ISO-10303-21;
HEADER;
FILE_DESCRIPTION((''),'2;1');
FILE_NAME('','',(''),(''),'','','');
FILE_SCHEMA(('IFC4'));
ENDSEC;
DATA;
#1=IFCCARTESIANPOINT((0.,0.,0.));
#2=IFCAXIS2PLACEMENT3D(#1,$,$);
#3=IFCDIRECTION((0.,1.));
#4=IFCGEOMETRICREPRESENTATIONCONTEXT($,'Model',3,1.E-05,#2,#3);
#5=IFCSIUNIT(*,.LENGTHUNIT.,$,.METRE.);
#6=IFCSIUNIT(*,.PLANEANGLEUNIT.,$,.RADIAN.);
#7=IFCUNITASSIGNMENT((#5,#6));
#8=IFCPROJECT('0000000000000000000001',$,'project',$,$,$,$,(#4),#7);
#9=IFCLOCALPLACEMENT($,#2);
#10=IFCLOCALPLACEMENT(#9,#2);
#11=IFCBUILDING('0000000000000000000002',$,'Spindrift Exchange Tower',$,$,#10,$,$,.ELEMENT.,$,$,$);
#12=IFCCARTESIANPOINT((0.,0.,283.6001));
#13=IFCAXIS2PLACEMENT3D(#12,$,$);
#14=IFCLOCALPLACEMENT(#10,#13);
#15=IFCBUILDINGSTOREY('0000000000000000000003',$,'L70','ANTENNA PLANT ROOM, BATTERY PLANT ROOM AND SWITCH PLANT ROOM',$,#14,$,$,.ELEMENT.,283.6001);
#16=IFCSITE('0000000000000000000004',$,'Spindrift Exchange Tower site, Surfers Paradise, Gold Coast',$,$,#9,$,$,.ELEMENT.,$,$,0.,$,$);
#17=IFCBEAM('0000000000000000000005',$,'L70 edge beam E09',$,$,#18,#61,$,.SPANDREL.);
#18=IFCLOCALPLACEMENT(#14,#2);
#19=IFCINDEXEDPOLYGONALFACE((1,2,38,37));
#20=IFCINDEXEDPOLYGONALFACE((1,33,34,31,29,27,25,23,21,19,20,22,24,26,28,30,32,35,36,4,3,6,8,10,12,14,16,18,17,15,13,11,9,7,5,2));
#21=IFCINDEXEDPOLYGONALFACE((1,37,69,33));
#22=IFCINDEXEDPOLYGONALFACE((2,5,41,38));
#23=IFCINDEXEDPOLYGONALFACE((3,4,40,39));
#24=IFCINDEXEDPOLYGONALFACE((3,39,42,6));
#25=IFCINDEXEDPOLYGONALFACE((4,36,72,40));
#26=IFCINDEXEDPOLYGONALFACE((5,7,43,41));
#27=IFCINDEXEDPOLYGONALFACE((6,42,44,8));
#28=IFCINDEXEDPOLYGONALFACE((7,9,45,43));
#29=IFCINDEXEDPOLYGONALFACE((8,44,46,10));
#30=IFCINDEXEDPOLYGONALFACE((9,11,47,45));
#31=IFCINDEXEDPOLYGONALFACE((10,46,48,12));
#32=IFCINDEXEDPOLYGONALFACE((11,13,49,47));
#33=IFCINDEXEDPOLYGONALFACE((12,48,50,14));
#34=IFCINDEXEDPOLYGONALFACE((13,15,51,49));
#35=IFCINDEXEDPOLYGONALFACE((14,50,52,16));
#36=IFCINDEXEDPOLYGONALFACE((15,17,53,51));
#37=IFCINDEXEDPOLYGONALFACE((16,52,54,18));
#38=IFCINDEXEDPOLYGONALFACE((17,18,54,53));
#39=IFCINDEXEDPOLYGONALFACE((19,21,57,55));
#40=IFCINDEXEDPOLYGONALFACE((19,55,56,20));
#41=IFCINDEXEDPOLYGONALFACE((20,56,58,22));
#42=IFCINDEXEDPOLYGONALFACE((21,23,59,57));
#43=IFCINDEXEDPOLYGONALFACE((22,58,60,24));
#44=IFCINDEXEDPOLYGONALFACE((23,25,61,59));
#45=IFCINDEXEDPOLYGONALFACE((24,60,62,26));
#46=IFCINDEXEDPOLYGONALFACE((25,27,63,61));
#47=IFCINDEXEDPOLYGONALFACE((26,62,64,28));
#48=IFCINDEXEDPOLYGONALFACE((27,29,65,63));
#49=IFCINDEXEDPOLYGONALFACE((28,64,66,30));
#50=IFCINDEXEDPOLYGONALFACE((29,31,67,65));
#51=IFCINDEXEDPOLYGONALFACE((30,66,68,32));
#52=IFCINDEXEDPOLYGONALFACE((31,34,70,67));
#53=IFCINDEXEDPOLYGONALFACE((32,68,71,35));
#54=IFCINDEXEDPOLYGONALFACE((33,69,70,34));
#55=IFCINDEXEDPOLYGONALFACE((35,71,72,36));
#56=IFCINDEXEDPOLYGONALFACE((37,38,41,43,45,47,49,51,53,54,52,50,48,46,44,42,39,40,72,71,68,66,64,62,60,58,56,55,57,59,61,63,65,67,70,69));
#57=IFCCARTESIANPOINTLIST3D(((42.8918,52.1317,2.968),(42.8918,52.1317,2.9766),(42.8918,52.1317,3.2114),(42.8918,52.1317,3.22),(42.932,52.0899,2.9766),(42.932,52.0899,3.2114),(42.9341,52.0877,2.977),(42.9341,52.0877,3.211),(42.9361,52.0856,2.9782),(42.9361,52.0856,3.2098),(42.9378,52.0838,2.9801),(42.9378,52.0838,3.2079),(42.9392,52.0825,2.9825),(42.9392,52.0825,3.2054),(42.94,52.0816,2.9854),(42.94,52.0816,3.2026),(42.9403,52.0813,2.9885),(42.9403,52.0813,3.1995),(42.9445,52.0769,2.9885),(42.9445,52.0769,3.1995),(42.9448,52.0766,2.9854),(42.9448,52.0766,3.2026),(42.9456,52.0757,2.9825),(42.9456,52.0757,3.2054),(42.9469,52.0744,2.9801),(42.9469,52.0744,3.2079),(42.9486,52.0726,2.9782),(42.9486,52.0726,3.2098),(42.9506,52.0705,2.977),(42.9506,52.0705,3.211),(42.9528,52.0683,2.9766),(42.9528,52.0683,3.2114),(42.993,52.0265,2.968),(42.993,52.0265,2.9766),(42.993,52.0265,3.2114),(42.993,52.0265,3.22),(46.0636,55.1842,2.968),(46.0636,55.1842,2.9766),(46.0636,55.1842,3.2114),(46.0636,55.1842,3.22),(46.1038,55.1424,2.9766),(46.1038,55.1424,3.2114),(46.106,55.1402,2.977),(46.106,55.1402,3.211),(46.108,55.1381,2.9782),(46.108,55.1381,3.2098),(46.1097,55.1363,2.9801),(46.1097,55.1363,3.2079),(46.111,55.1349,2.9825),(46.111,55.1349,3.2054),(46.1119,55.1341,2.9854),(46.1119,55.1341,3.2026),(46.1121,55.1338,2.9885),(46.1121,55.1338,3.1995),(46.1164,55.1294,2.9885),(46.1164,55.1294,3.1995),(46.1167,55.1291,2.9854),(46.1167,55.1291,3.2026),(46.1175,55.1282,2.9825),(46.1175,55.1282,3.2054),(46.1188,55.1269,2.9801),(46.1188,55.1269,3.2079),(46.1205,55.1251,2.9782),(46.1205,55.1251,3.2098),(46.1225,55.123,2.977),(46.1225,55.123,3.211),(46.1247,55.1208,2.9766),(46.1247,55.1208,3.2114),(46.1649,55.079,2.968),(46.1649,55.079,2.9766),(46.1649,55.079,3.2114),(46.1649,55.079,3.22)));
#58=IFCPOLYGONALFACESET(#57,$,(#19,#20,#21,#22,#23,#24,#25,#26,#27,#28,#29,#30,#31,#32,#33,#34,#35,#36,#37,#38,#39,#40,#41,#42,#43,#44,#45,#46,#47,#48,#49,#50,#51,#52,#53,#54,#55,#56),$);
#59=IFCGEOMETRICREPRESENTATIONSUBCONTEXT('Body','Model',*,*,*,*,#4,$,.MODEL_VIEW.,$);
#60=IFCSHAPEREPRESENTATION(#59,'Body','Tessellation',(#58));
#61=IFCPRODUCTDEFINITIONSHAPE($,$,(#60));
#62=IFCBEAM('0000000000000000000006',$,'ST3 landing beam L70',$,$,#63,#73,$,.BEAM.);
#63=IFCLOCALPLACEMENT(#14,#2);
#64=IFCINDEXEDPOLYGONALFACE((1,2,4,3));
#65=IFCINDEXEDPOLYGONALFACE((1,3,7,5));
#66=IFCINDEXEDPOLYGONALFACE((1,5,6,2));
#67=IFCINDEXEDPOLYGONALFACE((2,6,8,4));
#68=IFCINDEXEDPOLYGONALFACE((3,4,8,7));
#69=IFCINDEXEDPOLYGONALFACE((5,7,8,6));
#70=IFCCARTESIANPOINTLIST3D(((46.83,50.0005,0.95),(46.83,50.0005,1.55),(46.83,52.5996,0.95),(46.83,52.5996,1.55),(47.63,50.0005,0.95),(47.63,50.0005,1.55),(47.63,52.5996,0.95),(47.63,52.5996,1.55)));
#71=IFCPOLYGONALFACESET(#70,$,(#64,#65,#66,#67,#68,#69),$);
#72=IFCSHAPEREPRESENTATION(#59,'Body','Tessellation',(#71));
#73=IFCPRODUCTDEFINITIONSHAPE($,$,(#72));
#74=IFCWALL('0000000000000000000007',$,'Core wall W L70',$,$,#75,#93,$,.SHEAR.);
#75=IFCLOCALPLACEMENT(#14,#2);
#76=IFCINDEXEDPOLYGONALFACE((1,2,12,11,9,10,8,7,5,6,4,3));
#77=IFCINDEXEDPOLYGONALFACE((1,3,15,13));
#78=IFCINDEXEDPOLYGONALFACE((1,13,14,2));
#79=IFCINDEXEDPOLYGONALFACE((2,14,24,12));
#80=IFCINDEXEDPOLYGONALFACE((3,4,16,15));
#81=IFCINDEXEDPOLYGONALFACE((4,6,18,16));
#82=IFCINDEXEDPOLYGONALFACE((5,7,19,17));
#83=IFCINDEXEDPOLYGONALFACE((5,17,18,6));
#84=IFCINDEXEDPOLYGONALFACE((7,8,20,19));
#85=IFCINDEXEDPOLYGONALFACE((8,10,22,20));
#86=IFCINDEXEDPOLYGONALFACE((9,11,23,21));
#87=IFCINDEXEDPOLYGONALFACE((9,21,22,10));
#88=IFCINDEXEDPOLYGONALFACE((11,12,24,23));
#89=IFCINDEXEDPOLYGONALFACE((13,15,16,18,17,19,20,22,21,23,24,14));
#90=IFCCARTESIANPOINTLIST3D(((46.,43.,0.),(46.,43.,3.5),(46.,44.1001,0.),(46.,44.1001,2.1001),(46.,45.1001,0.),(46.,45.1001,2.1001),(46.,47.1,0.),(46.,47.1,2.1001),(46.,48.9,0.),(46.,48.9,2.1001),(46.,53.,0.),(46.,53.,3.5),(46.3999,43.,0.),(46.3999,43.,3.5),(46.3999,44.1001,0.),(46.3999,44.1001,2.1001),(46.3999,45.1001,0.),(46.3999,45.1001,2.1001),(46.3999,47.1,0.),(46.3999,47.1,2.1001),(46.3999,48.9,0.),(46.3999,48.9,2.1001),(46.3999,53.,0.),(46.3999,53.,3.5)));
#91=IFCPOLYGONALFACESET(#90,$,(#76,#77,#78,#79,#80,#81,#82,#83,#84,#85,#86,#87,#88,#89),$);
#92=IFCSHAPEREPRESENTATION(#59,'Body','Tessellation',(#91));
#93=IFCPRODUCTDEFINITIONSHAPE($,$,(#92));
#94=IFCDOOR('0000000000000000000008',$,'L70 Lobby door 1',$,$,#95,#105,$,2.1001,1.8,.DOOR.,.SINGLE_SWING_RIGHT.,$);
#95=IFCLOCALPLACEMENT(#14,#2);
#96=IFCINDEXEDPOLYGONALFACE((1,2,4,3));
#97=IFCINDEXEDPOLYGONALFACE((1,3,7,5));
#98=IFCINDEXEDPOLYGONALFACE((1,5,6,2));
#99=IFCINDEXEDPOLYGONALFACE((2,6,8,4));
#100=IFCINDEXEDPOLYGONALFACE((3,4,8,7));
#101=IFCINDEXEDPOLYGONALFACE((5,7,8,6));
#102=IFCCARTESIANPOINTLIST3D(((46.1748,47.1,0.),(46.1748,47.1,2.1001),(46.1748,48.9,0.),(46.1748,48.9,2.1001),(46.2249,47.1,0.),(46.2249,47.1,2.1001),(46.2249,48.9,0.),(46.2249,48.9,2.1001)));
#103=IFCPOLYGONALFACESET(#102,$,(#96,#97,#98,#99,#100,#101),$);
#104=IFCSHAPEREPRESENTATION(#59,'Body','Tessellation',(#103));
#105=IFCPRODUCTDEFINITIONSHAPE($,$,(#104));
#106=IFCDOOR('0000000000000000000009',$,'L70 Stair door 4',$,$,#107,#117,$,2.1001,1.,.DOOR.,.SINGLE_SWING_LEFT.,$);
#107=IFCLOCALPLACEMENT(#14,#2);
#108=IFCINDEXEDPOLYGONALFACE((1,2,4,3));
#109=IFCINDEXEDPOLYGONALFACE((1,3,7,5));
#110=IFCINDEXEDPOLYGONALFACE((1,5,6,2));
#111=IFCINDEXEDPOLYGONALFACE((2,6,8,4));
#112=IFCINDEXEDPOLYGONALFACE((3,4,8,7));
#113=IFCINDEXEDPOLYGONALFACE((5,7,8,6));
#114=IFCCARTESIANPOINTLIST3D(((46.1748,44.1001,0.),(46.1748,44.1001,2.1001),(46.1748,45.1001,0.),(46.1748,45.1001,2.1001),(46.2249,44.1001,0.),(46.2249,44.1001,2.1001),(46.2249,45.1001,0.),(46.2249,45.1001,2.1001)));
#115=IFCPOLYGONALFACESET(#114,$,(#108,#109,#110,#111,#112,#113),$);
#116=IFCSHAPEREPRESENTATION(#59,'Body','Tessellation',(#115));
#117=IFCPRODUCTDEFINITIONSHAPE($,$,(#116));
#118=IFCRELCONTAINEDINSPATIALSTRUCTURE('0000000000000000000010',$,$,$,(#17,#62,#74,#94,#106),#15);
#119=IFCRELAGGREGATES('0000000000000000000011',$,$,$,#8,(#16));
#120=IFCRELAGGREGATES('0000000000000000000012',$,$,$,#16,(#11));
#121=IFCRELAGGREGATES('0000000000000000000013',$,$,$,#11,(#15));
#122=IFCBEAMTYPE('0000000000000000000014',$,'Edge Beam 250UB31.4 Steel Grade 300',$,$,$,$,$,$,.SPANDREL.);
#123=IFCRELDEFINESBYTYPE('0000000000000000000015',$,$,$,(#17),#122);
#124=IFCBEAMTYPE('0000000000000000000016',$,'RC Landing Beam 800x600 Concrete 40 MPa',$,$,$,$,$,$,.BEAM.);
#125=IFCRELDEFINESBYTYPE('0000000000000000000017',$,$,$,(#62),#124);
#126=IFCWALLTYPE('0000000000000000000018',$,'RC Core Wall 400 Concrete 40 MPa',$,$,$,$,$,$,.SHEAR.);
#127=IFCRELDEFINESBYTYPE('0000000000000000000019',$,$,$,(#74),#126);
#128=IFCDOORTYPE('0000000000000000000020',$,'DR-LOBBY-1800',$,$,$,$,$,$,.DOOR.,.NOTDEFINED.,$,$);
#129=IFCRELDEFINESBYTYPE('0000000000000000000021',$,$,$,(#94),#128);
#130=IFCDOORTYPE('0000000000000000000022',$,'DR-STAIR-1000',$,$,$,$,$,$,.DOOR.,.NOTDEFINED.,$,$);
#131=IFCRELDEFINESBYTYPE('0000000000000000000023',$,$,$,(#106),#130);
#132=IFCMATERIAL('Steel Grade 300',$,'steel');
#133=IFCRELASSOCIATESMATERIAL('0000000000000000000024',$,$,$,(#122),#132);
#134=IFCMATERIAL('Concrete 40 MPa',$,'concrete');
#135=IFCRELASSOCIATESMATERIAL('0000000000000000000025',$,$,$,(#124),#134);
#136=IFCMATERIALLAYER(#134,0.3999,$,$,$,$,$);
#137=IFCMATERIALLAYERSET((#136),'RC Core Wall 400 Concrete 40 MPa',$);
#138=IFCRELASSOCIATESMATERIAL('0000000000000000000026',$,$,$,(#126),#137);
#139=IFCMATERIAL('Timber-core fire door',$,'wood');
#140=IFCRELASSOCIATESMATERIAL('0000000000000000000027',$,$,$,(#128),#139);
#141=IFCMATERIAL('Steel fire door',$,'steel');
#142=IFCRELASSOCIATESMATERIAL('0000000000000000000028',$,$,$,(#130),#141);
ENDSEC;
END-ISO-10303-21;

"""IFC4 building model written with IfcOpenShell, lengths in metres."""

from ifc_helpers import new_model, si_unit, direction, frame, frame_2d, origin, origin_2d, place, context, subcontext, project, spatial, rectangle, i_section, extrude, source, transform, mapped, material, layer, layer_set, material_profile, profile_set, type_object, element, fill, save


model = new_model("IFC4")

# Units and contexts
model_context = context("Model", 3, precision=1e-05, world=origin(), true_north=direction((0.0, 1.0)))
body_context = subcontext(model_context, "Body", "Model", "MODEL_VIEW")
ifc_project = project(units=[si_unit("LENGTHUNIT", "METRE"), si_unit("PLANEANGLEUNIT", "RADIAN")], contexts=[model_context])

# Site, building, storey
site_placement = place(None, origin())
site = spatial("IfcSite", under=ifc_project, at=site_placement, Name="Spindrift Exchange Tower site, Surfers Paradise, Gold Coast", CompositionType="ELEMENT", RefElevation=0.0)
building_placement = place(site_placement, origin())
building = spatial("IfcBuilding", under=site, at=building_placement, Name="Spindrift Exchange Tower", CompositionType="ELEMENT")
storey_placement = place(building_placement, frame((0.0, 0.0, 283.6001)))
storey = spatial("IfcBuildingStorey", under=building, at=storey_placement, Name="L70", Description="ANTENNA PLANT ROOM, BATTERY PLANT ROOM AND SWITCH PLANT ROOM", CompositionType="ELEMENT", Elevation=283.6001)

# Beams
ifc_material_1 = material(Name="Steel Grade 300", Category="steel")
ifc_material_profile_1 = material_profile(ifc_material_1, i_section(OverallWidth=0.146, OverallDepth=0.252, WebThickness=0.0061, FlangeThickness=0.0085, FilletRadius=0.012, at=origin_2d()), Name="250UB31.4")
ifc_profile_set_1 = profile_set([ifc_material_profile_1], Name="Steel Grade 300")
beam_type_1 = type_object("IfcBeamType", Name="Edge Beam 250UB31.4 Steel Grade 300", PredefinedType="SPANDREL", material=ifc_profile_set_1)
shared_shape_1 = source(origin(), body_context, "Body", "SweptSolid", [
    extrude(i_section(OverallWidth=0.146, OverallDepth=0.252, WebThickness=0.0061, FlangeThickness=0.0085, FilletRadius=0.012, at=origin_2d()), origin(), (0.0, 0.0, 1.0), 4.4021),
])
beam_1_placement = place(storey_placement, frame((46.1143, 55.1316, 3.094), z_axis=(-0.720537, -0.693417, 0.0), x_axis=(0.693417, -0.720537, 0.0)))
element("IfcBeam", 1, at=beam_1_placement, inside=storey, type_object=beam_type_1, Name="L70 edge beam E09", PredefinedType="SPANDREL", context=body_context, shape_type="MappedRepresentation", body=[
    mapped(shared_shape_1, transform((0.0, 0.0, 0.0), scale=1.0)),
])
ifc_material_2 = material(Name="Concrete 40 MPa", Category="concrete")
ifc_material_profile_2 = material_profile(ifc_material_2, rectangle(XDim=0.8, YDim=0.6001, at=origin_2d()), Name="RC 800x600")
ifc_profile_set_2 = profile_set([ifc_material_profile_2], Name="Concrete 40 MPa")
beam_type_2 = type_object("IfcBeamType", Name="RC Landing Beam 800x600 Concrete 40 MPa", PredefinedType="BEAM", material=ifc_profile_set_2)
shared_shape_2 = source(origin(), body_context, "Body", "SweptSolid", [
    extrude(rectangle(XDim=0.8, YDim=0.6001, at=origin_2d()), origin(), (0.0, 0.0, 1.0), 2.5991),
])
beam_2_placement = place(storey_placement, frame((47.23, 50.0005, 1.25), z_axis=(0.0, 1.0, 0.0), x_axis=(-1.0, 0.0, 0.0)))
element("IfcBeam", 2, at=beam_2_placement, inside=storey, type_object=beam_type_2, Name="ST3 landing beam L70", PredefinedType="BEAM", context=body_context, shape_type="MappedRepresentation", body=[
    mapped(shared_shape_2, transform((0.0, 0.0, 0.0), scale=1.0)),
])

# Wall, openings, doors
ifc_layer_1 = layer(ifc_material_2, 0.3999)
ifc_layer_set_1 = layer_set([ifc_layer_1], Name="RC Core Wall 400 Concrete 40 MPa")
wall_type_1 = type_object("IfcWallType", Name="RC Core Wall 400 Concrete 40 MPa", PredefinedType="SHEAR", material=ifc_layer_set_1)
wall_1_placement = place(storey_placement, frame((46.2, 53.0, 0.0), z_axis=(0.0, 0.0, 1.0), x_axis=(0.0, -1.0, 0.0)))
wall_1 = element("IfcWall", 3, at=wall_1_placement, inside=storey, type_object=wall_type_1, Name="Core wall W L70", PredefinedType="SHEAR", context=body_context, shape_type="SweptSolid", body=[
    extrude(rectangle(XDim=10.0, YDim=0.3999, at=frame_2d((5.0, 0.0))), origin(), (0.0, 0.0, 1.0), 3.5),
])
opening_1_placement = place(wall_1_placement, frame((4.1001, 0.0, 0.0)))
opening_1 = element("IfcOpeningElement", 4, at=opening_1_placement, cuts=wall_1, PredefinedType="OPENING", context=body_context, shape_type="SweptSolid", body=[
    extrude(rectangle(XDim=1.8, YDim=2.1001, at=frame_2d((0.8999, 1.05))), frame((0.0, 0.21, 0.0), z_axis=(0.0, -1.0, 0.0), x_axis=(1.0, 0.0, 0.0)), (0.0, 0.0, 1.0), 0.4199),
])
opening_2_placement = place(wall_1_placement, frame((7.8999, 0.0, 0.0)))
opening_2 = element("IfcOpeningElement", 5, at=opening_2_placement, cuts=wall_1, PredefinedType="OPENING", context=body_context, shape_type="SweptSolid", body=[
    extrude(rectangle(XDim=1.0, YDim=2.1001, at=frame_2d((0.5, 1.05))), frame((0.0, 0.21, 0.0), z_axis=(0.0, -1.0, 0.0), x_axis=(1.0, 0.0, 0.0)), (0.0, 0.0, 1.0), 0.4199),
])
ifc_material_3 = material(Name="Timber-core fire door", Category="wood")
door_type_1 = type_object("IfcDoorType", Name="DR-LOBBY-1800", OperationType="NOTDEFINED", PredefinedType="DOOR", material=ifc_material_3)
shared_shape_3 = source(origin(), body_context, "Body", "SweptSolid", [
    extrude(rectangle(XDim=1.8, YDim=2.1001, at=frame_2d((0.8999, 1.05))), frame((0.0, 0.0249, 0.0), z_axis=(0.0, -1.0, 0.0), x_axis=(1.0, 0.0, 0.0)), (0.0, 0.0, 1.0), 0.05),
])
door_1_placement = place(opening_1_placement, origin())
door_1 = element("IfcDoor", 6, at=door_1_placement, inside=storey, type_object=door_type_1, Name="L70 Lobby door 1", OperationType="SINGLE_SWING_RIGHT", OverallHeight=2.1001, OverallWidth=1.8, PredefinedType="DOOR", context=body_context, shape_type="MappedRepresentation", body=[
    mapped(shared_shape_3, transform((0.0, 0.0, 0.0), scale=1.0)),
])
fill(opening_1, door_1)
ifc_material_4 = material(Name="Steel fire door", Category="steel")
door_type_2 = type_object("IfcDoorType", Name="DR-STAIR-1000", OperationType="NOTDEFINED", PredefinedType="DOOR", material=ifc_material_4)
shared_shape_4 = source(origin(), body_context, "Body", "SweptSolid", [
    extrude(rectangle(XDim=1.0, YDim=2.1001, at=frame_2d((0.5, 1.05))), frame((0.0, 0.0249, 0.0), z_axis=(0.0, -1.0, 0.0), x_axis=(1.0, 0.0, 0.0)), (0.0, 0.0, 1.0), 0.05),
])
door_2_placement = place(opening_2_placement, origin())
door_2 = element("IfcDoor", 7, at=door_2_placement, inside=storey, type_object=door_type_2, Name="L70 Stair door 4", OperationType="SINGLE_SWING_LEFT", OverallHeight=2.1001, OverallWidth=1.0, PredefinedType="DOOR", context=body_context, shape_type="MappedRepresentation", body=[
    mapped(shared_shape_4, transform((0.0, 0.0, 0.0), scale=1.0)),
])
fill(opening_2, door_2)

save(model, "model.ifc")
